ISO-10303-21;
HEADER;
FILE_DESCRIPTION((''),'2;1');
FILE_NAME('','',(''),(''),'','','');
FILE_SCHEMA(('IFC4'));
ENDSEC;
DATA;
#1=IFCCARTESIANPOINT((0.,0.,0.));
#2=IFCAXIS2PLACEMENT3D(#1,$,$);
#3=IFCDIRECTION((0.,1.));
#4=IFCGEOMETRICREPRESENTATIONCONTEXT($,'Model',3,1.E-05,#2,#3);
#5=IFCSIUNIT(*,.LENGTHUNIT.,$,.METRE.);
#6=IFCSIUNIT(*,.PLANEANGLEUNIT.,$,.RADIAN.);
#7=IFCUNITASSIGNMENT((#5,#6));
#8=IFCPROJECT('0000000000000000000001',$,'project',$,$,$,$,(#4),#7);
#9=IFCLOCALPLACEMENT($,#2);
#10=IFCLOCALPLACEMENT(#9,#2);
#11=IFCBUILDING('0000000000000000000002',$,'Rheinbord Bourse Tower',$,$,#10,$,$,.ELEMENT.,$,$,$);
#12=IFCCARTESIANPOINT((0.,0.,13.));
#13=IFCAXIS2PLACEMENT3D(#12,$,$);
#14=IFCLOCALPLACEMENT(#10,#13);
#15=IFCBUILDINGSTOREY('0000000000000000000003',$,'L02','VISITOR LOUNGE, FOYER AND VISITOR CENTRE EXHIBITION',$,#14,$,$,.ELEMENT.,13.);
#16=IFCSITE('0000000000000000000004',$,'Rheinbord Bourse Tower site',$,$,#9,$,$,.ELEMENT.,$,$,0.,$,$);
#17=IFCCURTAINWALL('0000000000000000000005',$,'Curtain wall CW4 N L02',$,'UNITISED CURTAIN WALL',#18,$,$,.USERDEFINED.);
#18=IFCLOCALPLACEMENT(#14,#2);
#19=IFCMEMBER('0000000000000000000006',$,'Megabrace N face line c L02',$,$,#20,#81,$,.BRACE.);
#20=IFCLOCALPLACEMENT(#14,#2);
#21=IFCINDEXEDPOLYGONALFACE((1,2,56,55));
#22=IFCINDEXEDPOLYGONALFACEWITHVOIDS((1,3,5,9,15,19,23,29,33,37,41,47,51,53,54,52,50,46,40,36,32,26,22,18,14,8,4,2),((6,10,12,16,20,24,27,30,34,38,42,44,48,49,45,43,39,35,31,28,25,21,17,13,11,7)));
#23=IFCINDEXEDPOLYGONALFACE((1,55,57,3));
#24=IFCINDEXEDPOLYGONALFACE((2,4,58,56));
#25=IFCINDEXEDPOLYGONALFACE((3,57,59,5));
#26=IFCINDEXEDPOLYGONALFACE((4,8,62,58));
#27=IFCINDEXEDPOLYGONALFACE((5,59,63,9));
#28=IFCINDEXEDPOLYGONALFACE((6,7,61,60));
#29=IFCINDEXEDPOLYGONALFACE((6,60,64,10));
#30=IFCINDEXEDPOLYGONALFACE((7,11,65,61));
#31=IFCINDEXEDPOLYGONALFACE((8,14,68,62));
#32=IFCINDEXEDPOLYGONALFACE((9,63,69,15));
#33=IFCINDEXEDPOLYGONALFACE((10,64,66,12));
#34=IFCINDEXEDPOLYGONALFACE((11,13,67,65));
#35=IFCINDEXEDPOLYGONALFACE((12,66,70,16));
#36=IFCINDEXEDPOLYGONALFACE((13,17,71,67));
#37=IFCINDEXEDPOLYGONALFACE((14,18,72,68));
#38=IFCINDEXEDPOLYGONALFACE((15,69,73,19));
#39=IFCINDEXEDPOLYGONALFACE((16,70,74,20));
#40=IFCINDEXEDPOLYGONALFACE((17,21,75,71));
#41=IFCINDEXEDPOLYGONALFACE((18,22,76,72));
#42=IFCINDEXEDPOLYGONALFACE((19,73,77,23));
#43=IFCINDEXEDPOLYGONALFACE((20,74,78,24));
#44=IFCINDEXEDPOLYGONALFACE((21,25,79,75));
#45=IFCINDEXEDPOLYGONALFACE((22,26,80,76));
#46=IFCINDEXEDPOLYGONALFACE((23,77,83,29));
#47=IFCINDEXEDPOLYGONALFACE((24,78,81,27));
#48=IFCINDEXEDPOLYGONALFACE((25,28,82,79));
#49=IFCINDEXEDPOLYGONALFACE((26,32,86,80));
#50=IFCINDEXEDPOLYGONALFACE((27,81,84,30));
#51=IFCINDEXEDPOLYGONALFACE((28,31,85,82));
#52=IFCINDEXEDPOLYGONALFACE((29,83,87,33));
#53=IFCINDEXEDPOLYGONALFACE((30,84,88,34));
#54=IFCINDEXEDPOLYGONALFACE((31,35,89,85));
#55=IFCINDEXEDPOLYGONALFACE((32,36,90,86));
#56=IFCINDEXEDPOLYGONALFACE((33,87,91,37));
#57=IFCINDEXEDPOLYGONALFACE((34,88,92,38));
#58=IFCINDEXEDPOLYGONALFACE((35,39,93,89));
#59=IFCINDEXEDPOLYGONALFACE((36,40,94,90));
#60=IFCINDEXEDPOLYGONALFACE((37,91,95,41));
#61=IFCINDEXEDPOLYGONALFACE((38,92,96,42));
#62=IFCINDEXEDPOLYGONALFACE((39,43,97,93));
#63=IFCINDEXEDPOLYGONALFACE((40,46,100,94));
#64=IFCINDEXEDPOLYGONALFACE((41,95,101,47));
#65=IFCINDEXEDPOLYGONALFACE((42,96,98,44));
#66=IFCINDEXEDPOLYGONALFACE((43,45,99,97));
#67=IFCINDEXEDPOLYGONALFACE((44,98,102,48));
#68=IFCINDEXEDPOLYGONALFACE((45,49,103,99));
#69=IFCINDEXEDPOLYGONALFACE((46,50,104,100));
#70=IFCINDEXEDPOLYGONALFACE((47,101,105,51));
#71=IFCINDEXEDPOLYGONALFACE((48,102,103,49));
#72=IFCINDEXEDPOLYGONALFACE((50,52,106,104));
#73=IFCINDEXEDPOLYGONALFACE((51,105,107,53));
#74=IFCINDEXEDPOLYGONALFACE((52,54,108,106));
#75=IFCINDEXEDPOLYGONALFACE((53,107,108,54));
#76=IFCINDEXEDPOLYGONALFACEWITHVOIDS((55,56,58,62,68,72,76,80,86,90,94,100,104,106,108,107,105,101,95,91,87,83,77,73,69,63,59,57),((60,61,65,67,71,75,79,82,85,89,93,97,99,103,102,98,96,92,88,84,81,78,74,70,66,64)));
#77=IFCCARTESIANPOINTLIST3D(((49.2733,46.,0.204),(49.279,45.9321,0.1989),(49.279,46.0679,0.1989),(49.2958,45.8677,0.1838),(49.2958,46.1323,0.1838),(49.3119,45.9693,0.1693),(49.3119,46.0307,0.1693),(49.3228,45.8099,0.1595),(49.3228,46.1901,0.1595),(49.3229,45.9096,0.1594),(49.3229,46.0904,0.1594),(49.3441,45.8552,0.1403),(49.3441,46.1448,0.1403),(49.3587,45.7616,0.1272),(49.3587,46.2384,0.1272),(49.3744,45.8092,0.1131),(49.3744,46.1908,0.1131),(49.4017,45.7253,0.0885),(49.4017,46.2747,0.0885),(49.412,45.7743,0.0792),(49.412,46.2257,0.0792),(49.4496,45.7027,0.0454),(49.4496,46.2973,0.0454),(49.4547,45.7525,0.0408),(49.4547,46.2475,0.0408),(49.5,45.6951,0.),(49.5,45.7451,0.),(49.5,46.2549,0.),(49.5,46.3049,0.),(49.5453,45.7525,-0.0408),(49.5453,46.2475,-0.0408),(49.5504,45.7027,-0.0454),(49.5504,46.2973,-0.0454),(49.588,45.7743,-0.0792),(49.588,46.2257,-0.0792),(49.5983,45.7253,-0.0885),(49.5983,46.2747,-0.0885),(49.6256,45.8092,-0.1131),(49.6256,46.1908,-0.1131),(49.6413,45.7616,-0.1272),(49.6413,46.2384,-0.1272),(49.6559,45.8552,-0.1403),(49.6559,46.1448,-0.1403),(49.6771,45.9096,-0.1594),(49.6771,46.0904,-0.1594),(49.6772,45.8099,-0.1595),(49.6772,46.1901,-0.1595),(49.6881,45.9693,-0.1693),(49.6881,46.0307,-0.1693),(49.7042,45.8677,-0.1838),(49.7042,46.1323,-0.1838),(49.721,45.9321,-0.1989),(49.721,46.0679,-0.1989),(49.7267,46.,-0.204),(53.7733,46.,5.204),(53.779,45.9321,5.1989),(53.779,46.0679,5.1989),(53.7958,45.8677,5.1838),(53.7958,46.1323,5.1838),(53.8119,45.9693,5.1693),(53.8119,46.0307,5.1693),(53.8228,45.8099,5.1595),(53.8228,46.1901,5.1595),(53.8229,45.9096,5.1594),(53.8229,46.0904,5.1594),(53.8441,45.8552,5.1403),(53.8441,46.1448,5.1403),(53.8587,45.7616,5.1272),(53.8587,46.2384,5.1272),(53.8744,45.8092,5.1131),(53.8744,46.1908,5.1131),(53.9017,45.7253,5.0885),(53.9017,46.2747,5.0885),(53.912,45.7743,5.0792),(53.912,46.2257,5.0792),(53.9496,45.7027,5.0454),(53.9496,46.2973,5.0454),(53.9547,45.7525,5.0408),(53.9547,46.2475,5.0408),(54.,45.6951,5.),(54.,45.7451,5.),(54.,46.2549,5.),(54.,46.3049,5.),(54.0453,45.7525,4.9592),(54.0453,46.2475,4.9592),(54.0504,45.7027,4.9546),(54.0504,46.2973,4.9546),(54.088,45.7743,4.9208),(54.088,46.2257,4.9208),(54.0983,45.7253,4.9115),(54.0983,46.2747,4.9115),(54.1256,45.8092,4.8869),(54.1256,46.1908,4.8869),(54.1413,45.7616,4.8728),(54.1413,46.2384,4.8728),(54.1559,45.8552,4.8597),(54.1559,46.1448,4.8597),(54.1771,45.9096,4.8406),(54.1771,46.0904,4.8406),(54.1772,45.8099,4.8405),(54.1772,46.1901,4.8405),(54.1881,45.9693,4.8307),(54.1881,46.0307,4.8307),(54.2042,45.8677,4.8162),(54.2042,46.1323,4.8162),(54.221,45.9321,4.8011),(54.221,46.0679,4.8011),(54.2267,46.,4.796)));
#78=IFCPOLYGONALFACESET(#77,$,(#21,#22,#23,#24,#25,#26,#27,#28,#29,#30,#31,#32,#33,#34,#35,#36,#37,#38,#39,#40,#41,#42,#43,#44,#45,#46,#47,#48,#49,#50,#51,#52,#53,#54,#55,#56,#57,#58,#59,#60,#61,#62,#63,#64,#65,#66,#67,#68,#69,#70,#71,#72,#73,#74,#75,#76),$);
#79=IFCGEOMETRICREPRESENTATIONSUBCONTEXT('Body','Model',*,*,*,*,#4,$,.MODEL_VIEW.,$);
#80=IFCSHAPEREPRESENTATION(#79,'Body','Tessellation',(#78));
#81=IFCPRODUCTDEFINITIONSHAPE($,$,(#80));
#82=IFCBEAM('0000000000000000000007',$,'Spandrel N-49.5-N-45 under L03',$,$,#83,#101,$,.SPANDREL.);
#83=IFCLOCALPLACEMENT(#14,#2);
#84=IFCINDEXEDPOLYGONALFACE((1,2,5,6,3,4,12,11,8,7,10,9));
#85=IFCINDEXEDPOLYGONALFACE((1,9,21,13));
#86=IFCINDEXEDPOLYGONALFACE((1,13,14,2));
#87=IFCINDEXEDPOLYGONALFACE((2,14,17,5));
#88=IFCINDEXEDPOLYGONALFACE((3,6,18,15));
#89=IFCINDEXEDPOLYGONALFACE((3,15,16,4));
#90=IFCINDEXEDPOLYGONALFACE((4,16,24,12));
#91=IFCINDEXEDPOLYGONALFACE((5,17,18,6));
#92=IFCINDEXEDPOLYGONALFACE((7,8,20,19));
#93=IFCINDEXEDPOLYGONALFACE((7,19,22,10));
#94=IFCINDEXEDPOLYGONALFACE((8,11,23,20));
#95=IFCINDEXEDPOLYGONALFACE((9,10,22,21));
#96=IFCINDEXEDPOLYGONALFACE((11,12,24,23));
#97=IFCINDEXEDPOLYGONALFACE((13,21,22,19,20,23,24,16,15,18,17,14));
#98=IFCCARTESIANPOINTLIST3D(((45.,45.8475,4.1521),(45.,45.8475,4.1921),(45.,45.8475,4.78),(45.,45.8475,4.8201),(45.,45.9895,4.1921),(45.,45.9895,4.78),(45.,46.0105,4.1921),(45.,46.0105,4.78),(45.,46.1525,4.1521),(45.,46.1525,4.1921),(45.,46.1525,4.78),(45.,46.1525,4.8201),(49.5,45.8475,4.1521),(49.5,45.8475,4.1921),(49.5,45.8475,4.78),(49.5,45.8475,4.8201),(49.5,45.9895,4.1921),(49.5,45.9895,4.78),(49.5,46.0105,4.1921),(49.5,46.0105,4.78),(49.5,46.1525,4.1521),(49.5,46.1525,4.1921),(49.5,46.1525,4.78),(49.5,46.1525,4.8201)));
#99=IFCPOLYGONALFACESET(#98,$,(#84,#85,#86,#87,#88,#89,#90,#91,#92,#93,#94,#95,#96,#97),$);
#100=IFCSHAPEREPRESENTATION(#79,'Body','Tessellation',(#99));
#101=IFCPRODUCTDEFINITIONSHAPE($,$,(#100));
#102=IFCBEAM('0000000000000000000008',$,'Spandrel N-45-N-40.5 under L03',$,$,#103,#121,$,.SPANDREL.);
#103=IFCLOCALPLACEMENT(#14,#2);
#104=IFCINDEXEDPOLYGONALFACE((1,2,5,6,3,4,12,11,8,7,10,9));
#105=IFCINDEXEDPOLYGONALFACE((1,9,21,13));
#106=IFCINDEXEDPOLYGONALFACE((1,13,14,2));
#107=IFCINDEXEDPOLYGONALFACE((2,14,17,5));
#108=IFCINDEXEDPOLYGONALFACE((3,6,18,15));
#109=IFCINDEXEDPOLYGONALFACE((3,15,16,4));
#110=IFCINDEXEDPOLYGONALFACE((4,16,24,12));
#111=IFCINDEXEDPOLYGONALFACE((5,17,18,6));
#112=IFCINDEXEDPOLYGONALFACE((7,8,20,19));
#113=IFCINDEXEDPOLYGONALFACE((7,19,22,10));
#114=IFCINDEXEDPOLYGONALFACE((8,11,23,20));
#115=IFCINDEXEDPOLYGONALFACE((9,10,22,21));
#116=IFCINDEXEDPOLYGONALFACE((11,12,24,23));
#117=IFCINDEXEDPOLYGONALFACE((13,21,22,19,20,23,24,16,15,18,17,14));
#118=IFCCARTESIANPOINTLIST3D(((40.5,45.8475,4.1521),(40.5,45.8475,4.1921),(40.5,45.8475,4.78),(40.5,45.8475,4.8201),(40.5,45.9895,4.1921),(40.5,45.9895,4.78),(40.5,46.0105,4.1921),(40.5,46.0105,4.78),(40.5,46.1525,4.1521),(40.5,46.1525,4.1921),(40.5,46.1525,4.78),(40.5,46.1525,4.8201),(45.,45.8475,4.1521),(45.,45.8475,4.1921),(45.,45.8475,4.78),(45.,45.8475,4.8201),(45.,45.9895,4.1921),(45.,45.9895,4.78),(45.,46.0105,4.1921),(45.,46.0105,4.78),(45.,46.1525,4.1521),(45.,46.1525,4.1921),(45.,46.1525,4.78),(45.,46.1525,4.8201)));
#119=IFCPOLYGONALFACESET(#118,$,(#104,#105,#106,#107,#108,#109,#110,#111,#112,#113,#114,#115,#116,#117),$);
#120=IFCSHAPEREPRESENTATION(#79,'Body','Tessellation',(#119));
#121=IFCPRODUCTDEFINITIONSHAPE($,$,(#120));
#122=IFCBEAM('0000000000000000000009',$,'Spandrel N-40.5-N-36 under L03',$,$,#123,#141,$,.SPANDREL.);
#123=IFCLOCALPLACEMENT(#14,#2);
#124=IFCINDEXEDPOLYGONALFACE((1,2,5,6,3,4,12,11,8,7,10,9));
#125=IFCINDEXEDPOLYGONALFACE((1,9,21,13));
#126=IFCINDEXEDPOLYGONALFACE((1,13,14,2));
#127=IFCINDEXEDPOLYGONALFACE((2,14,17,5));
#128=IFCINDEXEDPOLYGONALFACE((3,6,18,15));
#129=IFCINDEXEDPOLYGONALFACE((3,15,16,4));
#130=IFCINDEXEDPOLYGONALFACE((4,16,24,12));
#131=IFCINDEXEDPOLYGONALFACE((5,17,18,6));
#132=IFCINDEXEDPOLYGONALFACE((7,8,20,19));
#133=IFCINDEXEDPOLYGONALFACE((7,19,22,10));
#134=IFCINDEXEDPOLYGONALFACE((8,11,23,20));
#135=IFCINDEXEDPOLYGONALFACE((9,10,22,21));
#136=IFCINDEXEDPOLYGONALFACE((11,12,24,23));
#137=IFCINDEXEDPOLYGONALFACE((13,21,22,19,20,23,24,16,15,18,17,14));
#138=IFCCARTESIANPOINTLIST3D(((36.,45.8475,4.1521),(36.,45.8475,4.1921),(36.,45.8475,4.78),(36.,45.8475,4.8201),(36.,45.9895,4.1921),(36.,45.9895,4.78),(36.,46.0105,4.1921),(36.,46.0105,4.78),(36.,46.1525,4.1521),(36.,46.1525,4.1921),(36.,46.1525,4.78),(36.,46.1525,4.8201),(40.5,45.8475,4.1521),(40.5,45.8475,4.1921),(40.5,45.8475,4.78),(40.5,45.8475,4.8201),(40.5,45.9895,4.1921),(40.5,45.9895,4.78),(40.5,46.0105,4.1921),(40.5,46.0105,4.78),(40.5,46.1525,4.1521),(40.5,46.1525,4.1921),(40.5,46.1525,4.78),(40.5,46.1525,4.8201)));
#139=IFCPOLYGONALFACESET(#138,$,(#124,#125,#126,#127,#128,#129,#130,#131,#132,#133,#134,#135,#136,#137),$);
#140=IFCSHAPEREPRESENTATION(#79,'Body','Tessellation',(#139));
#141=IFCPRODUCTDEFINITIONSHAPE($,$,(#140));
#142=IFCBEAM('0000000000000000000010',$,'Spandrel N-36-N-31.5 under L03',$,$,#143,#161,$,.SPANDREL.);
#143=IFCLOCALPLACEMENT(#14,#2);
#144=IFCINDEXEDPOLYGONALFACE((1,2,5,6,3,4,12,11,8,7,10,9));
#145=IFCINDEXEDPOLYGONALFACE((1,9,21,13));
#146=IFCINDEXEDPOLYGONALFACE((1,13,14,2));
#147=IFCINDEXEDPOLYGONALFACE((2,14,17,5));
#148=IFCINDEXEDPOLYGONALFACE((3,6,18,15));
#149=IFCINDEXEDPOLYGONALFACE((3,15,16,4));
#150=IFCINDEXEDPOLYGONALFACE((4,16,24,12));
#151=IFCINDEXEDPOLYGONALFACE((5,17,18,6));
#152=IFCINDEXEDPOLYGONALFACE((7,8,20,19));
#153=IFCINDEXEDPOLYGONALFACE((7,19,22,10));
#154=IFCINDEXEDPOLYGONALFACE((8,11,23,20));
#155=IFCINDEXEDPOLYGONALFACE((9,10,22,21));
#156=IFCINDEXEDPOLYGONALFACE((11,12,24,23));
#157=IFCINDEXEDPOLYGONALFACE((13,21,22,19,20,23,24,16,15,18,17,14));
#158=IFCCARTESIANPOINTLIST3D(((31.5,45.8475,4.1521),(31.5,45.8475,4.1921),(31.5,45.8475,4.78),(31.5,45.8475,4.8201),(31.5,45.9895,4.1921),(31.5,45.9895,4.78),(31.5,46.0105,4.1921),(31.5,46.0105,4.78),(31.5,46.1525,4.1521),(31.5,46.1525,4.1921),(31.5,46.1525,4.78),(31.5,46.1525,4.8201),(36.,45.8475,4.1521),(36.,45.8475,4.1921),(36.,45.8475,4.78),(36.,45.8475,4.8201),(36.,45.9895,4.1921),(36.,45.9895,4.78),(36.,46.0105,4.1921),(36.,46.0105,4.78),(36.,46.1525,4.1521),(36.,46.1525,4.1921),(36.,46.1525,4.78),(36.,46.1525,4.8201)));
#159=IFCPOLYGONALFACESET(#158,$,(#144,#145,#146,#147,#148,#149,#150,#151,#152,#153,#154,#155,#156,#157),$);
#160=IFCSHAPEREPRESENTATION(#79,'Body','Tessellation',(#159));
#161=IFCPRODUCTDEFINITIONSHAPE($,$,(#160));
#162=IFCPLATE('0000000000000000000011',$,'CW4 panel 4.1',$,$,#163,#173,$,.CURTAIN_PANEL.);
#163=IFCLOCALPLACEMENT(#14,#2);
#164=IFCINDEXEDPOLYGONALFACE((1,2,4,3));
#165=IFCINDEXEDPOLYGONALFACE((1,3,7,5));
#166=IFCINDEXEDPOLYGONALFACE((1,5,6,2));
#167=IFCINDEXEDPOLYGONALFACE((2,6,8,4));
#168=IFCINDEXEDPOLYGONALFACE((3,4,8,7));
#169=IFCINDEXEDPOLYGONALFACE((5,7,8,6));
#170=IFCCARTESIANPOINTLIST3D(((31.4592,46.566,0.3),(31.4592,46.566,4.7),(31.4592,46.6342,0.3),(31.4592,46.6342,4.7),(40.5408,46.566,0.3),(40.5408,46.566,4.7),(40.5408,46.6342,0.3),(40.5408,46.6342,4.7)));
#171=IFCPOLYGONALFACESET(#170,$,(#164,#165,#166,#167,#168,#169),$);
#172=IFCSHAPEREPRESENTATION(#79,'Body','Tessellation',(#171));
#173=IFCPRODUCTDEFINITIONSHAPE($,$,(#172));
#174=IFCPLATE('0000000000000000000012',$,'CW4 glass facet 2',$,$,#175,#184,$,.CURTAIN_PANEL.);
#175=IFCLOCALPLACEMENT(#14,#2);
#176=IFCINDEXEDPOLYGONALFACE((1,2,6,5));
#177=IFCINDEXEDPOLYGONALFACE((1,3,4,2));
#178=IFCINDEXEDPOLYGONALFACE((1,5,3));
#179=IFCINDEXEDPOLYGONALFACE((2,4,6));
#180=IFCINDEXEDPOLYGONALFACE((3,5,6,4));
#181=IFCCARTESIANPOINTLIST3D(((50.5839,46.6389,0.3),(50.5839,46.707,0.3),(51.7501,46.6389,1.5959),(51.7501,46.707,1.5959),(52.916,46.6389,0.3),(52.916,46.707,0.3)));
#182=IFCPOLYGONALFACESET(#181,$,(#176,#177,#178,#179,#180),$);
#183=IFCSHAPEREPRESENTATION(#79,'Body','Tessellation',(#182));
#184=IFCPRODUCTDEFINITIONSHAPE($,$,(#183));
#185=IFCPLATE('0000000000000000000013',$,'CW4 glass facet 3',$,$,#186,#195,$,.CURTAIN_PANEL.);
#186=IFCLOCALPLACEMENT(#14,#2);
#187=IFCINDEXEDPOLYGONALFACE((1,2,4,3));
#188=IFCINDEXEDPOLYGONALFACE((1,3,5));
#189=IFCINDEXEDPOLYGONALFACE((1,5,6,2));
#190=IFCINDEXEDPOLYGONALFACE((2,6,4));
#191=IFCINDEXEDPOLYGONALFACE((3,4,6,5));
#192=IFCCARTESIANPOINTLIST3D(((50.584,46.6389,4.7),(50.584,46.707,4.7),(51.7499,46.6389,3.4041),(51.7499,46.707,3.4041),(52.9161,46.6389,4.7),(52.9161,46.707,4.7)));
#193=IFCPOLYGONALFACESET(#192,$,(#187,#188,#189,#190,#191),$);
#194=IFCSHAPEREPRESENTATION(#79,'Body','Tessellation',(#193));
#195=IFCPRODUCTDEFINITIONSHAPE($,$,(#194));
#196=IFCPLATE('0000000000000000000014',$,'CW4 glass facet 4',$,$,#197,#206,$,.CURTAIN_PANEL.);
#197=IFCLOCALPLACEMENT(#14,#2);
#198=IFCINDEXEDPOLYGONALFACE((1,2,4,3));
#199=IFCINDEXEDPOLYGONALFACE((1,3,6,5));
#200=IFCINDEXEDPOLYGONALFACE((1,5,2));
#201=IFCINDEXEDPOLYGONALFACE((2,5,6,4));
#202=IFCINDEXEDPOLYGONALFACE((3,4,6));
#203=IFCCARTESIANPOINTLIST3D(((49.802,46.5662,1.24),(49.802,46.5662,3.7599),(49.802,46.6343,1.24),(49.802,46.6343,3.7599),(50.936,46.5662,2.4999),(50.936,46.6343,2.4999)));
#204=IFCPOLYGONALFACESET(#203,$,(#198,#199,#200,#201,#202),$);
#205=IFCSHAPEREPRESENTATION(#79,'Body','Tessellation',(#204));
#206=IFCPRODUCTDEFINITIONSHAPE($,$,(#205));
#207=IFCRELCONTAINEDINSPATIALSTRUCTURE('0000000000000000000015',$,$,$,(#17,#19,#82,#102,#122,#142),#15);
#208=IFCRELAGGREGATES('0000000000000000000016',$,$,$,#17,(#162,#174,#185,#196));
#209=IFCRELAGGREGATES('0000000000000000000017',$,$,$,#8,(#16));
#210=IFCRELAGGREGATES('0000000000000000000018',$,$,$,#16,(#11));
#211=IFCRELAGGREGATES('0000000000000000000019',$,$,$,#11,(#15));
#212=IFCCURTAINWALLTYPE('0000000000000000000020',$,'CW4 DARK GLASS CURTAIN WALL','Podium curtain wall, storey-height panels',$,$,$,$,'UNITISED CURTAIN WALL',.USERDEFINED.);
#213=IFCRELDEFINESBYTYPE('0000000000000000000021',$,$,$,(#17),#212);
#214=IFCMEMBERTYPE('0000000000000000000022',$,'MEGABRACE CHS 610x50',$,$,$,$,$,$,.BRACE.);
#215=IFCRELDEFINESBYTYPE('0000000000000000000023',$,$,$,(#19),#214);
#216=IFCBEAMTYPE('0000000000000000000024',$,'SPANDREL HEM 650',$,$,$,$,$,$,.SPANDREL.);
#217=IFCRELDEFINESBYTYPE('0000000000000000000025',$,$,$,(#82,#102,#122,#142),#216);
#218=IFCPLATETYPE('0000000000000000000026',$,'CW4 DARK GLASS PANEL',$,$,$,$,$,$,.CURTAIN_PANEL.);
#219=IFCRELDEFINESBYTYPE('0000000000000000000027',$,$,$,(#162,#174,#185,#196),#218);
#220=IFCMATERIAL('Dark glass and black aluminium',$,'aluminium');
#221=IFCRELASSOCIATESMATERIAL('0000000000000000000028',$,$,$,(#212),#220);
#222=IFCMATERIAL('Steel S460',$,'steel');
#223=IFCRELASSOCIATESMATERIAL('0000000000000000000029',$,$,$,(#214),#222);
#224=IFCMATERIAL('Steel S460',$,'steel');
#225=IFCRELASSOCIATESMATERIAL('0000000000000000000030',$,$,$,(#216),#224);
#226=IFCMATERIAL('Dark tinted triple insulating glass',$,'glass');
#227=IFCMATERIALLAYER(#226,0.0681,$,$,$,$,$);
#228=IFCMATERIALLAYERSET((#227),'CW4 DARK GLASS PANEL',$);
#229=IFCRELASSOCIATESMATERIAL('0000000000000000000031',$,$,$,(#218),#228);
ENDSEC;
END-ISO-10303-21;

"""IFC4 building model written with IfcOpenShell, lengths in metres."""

from ifc_helpers import new_model, si_unit, direction, frame, origin, origin_2d, place, context, subcontext, project, spatial, polyline, rectangle, hollow_circle, i_section, outline, extrude, material, layer, layer_set, material_profile, profile_set, type_object, element, aggregate, save


model = new_model("IFC4")

# Units and contexts
model_context = context("Model", 3, precision=1e-05, world=origin(), true_north=direction((0.0, 1.0)))
body_context = subcontext(model_context, "Body", "Model", "MODEL_VIEW")
ifc_project = project(units=[si_unit("LENGTHUNIT", "METRE"), si_unit("PLANEANGLEUNIT", "RADIAN")], contexts=[model_context])

# Site, building, storey
site_placement = place(None, origin())
site = spatial("IfcSite", under=ifc_project, at=site_placement, Name="Rheinbord Bourse Tower site", CompositionType="ELEMENT", RefElevation=0.0)
building_placement = place(site_placement, origin())
building = spatial("IfcBuilding", under=site, at=building_placement, Name="Rheinbord Bourse Tower", CompositionType="ELEMENT")
storey_placement = place(building_placement, frame((0.0, 0.0, 13.0)))
storey = spatial("IfcBuildingStorey", under=building, at=storey_placement, Name="L02", Description="VISITOR LOUNGE, FOYER AND VISITOR CENTRE EXHIBITION", CompositionType="ELEMENT", Elevation=13.0)

# Curtain wall
ifc_material_1 = material(Name="Dark glass and black aluminium", Category="aluminium")
curtain_wall_type = type_object("IfcCurtainWallType", Name="CW4 DARK GLASS CURTAIN WALL", Description="Podium curtain wall, storey-height panels", ElementType="UNITISED CURTAIN WALL", PredefinedType="USERDEFINED", material=ifc_material_1)
curtain_wall_placement = place(storey_placement, origin())
curtain_wall = element("IfcCurtainWall", 1, at=curtain_wall_placement, inside=storey, type_object=curtain_wall_type, Name="Curtain wall CW4 N L02", ObjectType="UNITISED CURTAIN WALL", PredefinedType="USERDEFINED")

# Member
ifc_material_2 = material(Name="Steel S460", Category="steel")
ifc_material_profile_1 = material_profile(ifc_material_2, hollow_circle(Radius=0.3049, WallThickness=0.05, at=origin_2d()), Name="CHS 610x50")
ifc_profile_set_1 = profile_set([ifc_material_profile_1], Name="Steel S460")
member_type_1 = type_object("IfcMemberType", Name="MEGABRACE CHS 610x50", PredefinedType="BRACE", material=ifc_profile_set_1)
member_1_placement = place(storey_placement, frame((49.5, 46.0, 0.0), z_axis=(0.668965, 0.0, 0.743294), x_axis=(0.0, 1.0, 0.0)))
element("IfcMember", 2, at=member_1_placement, inside=storey, type_object=member_type_1, Name="Megabrace N face line c L02", PredefinedType="BRACE", context=body_context, shape_type="SweptSolid", body=[
    extrude(hollow_circle(Radius=0.3049, WallThickness=0.05, at=origin_2d()), origin(), (0.0, 0.0, 1.0), 6.7268),
])

# Beams
ifc_material_3 = material(Name="Steel S460", Category="steel")
ifc_material_profile_2 = material_profile(ifc_material_3, i_section(OverallWidth=0.3049, OverallDepth=0.668, WebThickness=0.021, FlangeThickness=0.04, at=origin_2d()), Name="HEM 650")
ifc_profile_set_2 = profile_set([ifc_material_profile_2], Name="Steel S460")
beam_type_1 = type_object("IfcBeamType", Name="SPANDREL HEM 650", PredefinedType="SPANDREL", material=ifc_profile_set_2)
for number, where, z_axis, x_axis, name in (
    (3, (49.5, 46.0, 4.4861), (-1.0, 0.0, 0.0), (0.0, -1.0, 0.0), "Spandrel N-49.5-N-45 under L03"),
    (4, (45.0, 46.0, 4.4861), (-1.0, 0.0, 0.0), (0.0, -1.0, 0.0), "Spandrel N-45-N-40.5 under L03"),
    (5, (40.5, 46.0, 4.4861), (-1.0, 0.0, 0.0), (0.0, -1.0, 0.0), "Spandrel N-40.5-N-36 under L03"),
    (6, (36.0, 46.0, 4.4861), (-1.0, 0.0, 0.0), (0.0, -1.0, 0.0), "Spandrel N-36-N-31.5 under L03"),
):
    element("IfcBeam", number, at=place(storey_placement, frame(where, z_axis=z_axis, x_axis=x_axis)), inside=storey, type_object=beam_type_1, Name=name, PredefinedType="SPANDREL", context=body_context, shape_type="SweptSolid", body=[
        extrude(i_section(OverallWidth=0.3049, OverallDepth=0.668, WebThickness=0.021, FlangeThickness=0.04, at=origin_2d()), origin(), (0.0, 0.0, 1.0), 4.5),
    ])

# Plates
ifc_material_4 = material(Name="Dark tinted triple insulating glass", Category="glass")
ifc_layer_1 = layer(ifc_material_4, 0.0681)
ifc_layer_set_1 = layer_set([ifc_layer_1], Name="CW4 DARK GLASS PANEL")
plate_type = type_object("IfcPlateType", Name="CW4 DARK GLASS PANEL", PredefinedType="CURTAIN_PANEL", material=ifc_layer_set_1)
plate_1_placement = place(storey_placement, frame((36.0, 46.6001, 0.3), z_axis=(0.0, 0.0, 1.0), x_axis=(-1.0, 0.0, 0.0)))
plate_1 = element("IfcPlate", 7, at=plate_1_placement, type_object=plate_type, Name="CW4 panel 4.1", PredefinedType="CURTAIN_PANEL", context=body_context, shape_type="SweptSolid", body=[
    extrude(rectangle(XDim=9.0815, YDim=0.0681, at=origin_2d()), origin(), (0.0, 0.0, 1.0), 4.3999),
])
plate_2_placement = place(storey_placement, frame((52.916, 46.707, 0.3), z_axis=(0.0, -1.0, 0.0), x_axis=(-0.668872, 0.0, 0.743378)))
plate_2 = element("IfcPlate", 8, at=plate_2_placement, type_object=plate_type, Name="CW4 glass facet 2", PredefinedType="CURTAIN_PANEL", context=body_context, shape_type="SweptSolid", body=[
    extrude(outline(polyline([(0.0, 0.0), (1.7432, 0.0), (1.5598, 1.7336), (0.0, 0.0)])), origin(), (0.0, 0.0, 1.0), 0.0681),
])
plate_3_placement = place(storey_placement, frame((50.584, 46.707, 4.7), z_axis=(0.0, -1.0, 0.0), x_axis=(0.668872, 0.0, -0.743378)))
plate_3 = element("IfcPlate", 9, at=plate_3_placement, type_object=plate_type, Name="CW4 glass facet 3", PredefinedType="CURTAIN_PANEL", context=body_context, shape_type="SweptSolid", body=[
    extrude(outline(polyline([(0.0, 0.0), (1.7432, 0.0), (1.5598, 1.7336), (0.0, 0.0)])), origin(), (0.0, 0.0, 1.0), 0.0681),
])
plate_4_placement = place(storey_placement, frame((49.802, 46.6343, 1.24), z_axis=(0.0, -1.0, 0.0), x_axis=(0.668973, 0.0, 0.743287)))
plate_4 = element("IfcPlate", 10, at=plate_4_placement, type_object=plate_type, Name="CW4 glass facet 4", PredefinedType="CURTAIN_PANEL", context=body_context, shape_type="SweptSolid", body=[
    extrude(outline(polyline([(0.0, 0.0), (1.6951, 0.0), (1.873, 1.6858), (0.0, 0.0)])), origin(), (0.0, 0.0, 1.0), 0.0681),
])
aggregate(curtain_wall, [plate_1, plate_2, plate_3, plate_4])

save(model, "model.ifc")
